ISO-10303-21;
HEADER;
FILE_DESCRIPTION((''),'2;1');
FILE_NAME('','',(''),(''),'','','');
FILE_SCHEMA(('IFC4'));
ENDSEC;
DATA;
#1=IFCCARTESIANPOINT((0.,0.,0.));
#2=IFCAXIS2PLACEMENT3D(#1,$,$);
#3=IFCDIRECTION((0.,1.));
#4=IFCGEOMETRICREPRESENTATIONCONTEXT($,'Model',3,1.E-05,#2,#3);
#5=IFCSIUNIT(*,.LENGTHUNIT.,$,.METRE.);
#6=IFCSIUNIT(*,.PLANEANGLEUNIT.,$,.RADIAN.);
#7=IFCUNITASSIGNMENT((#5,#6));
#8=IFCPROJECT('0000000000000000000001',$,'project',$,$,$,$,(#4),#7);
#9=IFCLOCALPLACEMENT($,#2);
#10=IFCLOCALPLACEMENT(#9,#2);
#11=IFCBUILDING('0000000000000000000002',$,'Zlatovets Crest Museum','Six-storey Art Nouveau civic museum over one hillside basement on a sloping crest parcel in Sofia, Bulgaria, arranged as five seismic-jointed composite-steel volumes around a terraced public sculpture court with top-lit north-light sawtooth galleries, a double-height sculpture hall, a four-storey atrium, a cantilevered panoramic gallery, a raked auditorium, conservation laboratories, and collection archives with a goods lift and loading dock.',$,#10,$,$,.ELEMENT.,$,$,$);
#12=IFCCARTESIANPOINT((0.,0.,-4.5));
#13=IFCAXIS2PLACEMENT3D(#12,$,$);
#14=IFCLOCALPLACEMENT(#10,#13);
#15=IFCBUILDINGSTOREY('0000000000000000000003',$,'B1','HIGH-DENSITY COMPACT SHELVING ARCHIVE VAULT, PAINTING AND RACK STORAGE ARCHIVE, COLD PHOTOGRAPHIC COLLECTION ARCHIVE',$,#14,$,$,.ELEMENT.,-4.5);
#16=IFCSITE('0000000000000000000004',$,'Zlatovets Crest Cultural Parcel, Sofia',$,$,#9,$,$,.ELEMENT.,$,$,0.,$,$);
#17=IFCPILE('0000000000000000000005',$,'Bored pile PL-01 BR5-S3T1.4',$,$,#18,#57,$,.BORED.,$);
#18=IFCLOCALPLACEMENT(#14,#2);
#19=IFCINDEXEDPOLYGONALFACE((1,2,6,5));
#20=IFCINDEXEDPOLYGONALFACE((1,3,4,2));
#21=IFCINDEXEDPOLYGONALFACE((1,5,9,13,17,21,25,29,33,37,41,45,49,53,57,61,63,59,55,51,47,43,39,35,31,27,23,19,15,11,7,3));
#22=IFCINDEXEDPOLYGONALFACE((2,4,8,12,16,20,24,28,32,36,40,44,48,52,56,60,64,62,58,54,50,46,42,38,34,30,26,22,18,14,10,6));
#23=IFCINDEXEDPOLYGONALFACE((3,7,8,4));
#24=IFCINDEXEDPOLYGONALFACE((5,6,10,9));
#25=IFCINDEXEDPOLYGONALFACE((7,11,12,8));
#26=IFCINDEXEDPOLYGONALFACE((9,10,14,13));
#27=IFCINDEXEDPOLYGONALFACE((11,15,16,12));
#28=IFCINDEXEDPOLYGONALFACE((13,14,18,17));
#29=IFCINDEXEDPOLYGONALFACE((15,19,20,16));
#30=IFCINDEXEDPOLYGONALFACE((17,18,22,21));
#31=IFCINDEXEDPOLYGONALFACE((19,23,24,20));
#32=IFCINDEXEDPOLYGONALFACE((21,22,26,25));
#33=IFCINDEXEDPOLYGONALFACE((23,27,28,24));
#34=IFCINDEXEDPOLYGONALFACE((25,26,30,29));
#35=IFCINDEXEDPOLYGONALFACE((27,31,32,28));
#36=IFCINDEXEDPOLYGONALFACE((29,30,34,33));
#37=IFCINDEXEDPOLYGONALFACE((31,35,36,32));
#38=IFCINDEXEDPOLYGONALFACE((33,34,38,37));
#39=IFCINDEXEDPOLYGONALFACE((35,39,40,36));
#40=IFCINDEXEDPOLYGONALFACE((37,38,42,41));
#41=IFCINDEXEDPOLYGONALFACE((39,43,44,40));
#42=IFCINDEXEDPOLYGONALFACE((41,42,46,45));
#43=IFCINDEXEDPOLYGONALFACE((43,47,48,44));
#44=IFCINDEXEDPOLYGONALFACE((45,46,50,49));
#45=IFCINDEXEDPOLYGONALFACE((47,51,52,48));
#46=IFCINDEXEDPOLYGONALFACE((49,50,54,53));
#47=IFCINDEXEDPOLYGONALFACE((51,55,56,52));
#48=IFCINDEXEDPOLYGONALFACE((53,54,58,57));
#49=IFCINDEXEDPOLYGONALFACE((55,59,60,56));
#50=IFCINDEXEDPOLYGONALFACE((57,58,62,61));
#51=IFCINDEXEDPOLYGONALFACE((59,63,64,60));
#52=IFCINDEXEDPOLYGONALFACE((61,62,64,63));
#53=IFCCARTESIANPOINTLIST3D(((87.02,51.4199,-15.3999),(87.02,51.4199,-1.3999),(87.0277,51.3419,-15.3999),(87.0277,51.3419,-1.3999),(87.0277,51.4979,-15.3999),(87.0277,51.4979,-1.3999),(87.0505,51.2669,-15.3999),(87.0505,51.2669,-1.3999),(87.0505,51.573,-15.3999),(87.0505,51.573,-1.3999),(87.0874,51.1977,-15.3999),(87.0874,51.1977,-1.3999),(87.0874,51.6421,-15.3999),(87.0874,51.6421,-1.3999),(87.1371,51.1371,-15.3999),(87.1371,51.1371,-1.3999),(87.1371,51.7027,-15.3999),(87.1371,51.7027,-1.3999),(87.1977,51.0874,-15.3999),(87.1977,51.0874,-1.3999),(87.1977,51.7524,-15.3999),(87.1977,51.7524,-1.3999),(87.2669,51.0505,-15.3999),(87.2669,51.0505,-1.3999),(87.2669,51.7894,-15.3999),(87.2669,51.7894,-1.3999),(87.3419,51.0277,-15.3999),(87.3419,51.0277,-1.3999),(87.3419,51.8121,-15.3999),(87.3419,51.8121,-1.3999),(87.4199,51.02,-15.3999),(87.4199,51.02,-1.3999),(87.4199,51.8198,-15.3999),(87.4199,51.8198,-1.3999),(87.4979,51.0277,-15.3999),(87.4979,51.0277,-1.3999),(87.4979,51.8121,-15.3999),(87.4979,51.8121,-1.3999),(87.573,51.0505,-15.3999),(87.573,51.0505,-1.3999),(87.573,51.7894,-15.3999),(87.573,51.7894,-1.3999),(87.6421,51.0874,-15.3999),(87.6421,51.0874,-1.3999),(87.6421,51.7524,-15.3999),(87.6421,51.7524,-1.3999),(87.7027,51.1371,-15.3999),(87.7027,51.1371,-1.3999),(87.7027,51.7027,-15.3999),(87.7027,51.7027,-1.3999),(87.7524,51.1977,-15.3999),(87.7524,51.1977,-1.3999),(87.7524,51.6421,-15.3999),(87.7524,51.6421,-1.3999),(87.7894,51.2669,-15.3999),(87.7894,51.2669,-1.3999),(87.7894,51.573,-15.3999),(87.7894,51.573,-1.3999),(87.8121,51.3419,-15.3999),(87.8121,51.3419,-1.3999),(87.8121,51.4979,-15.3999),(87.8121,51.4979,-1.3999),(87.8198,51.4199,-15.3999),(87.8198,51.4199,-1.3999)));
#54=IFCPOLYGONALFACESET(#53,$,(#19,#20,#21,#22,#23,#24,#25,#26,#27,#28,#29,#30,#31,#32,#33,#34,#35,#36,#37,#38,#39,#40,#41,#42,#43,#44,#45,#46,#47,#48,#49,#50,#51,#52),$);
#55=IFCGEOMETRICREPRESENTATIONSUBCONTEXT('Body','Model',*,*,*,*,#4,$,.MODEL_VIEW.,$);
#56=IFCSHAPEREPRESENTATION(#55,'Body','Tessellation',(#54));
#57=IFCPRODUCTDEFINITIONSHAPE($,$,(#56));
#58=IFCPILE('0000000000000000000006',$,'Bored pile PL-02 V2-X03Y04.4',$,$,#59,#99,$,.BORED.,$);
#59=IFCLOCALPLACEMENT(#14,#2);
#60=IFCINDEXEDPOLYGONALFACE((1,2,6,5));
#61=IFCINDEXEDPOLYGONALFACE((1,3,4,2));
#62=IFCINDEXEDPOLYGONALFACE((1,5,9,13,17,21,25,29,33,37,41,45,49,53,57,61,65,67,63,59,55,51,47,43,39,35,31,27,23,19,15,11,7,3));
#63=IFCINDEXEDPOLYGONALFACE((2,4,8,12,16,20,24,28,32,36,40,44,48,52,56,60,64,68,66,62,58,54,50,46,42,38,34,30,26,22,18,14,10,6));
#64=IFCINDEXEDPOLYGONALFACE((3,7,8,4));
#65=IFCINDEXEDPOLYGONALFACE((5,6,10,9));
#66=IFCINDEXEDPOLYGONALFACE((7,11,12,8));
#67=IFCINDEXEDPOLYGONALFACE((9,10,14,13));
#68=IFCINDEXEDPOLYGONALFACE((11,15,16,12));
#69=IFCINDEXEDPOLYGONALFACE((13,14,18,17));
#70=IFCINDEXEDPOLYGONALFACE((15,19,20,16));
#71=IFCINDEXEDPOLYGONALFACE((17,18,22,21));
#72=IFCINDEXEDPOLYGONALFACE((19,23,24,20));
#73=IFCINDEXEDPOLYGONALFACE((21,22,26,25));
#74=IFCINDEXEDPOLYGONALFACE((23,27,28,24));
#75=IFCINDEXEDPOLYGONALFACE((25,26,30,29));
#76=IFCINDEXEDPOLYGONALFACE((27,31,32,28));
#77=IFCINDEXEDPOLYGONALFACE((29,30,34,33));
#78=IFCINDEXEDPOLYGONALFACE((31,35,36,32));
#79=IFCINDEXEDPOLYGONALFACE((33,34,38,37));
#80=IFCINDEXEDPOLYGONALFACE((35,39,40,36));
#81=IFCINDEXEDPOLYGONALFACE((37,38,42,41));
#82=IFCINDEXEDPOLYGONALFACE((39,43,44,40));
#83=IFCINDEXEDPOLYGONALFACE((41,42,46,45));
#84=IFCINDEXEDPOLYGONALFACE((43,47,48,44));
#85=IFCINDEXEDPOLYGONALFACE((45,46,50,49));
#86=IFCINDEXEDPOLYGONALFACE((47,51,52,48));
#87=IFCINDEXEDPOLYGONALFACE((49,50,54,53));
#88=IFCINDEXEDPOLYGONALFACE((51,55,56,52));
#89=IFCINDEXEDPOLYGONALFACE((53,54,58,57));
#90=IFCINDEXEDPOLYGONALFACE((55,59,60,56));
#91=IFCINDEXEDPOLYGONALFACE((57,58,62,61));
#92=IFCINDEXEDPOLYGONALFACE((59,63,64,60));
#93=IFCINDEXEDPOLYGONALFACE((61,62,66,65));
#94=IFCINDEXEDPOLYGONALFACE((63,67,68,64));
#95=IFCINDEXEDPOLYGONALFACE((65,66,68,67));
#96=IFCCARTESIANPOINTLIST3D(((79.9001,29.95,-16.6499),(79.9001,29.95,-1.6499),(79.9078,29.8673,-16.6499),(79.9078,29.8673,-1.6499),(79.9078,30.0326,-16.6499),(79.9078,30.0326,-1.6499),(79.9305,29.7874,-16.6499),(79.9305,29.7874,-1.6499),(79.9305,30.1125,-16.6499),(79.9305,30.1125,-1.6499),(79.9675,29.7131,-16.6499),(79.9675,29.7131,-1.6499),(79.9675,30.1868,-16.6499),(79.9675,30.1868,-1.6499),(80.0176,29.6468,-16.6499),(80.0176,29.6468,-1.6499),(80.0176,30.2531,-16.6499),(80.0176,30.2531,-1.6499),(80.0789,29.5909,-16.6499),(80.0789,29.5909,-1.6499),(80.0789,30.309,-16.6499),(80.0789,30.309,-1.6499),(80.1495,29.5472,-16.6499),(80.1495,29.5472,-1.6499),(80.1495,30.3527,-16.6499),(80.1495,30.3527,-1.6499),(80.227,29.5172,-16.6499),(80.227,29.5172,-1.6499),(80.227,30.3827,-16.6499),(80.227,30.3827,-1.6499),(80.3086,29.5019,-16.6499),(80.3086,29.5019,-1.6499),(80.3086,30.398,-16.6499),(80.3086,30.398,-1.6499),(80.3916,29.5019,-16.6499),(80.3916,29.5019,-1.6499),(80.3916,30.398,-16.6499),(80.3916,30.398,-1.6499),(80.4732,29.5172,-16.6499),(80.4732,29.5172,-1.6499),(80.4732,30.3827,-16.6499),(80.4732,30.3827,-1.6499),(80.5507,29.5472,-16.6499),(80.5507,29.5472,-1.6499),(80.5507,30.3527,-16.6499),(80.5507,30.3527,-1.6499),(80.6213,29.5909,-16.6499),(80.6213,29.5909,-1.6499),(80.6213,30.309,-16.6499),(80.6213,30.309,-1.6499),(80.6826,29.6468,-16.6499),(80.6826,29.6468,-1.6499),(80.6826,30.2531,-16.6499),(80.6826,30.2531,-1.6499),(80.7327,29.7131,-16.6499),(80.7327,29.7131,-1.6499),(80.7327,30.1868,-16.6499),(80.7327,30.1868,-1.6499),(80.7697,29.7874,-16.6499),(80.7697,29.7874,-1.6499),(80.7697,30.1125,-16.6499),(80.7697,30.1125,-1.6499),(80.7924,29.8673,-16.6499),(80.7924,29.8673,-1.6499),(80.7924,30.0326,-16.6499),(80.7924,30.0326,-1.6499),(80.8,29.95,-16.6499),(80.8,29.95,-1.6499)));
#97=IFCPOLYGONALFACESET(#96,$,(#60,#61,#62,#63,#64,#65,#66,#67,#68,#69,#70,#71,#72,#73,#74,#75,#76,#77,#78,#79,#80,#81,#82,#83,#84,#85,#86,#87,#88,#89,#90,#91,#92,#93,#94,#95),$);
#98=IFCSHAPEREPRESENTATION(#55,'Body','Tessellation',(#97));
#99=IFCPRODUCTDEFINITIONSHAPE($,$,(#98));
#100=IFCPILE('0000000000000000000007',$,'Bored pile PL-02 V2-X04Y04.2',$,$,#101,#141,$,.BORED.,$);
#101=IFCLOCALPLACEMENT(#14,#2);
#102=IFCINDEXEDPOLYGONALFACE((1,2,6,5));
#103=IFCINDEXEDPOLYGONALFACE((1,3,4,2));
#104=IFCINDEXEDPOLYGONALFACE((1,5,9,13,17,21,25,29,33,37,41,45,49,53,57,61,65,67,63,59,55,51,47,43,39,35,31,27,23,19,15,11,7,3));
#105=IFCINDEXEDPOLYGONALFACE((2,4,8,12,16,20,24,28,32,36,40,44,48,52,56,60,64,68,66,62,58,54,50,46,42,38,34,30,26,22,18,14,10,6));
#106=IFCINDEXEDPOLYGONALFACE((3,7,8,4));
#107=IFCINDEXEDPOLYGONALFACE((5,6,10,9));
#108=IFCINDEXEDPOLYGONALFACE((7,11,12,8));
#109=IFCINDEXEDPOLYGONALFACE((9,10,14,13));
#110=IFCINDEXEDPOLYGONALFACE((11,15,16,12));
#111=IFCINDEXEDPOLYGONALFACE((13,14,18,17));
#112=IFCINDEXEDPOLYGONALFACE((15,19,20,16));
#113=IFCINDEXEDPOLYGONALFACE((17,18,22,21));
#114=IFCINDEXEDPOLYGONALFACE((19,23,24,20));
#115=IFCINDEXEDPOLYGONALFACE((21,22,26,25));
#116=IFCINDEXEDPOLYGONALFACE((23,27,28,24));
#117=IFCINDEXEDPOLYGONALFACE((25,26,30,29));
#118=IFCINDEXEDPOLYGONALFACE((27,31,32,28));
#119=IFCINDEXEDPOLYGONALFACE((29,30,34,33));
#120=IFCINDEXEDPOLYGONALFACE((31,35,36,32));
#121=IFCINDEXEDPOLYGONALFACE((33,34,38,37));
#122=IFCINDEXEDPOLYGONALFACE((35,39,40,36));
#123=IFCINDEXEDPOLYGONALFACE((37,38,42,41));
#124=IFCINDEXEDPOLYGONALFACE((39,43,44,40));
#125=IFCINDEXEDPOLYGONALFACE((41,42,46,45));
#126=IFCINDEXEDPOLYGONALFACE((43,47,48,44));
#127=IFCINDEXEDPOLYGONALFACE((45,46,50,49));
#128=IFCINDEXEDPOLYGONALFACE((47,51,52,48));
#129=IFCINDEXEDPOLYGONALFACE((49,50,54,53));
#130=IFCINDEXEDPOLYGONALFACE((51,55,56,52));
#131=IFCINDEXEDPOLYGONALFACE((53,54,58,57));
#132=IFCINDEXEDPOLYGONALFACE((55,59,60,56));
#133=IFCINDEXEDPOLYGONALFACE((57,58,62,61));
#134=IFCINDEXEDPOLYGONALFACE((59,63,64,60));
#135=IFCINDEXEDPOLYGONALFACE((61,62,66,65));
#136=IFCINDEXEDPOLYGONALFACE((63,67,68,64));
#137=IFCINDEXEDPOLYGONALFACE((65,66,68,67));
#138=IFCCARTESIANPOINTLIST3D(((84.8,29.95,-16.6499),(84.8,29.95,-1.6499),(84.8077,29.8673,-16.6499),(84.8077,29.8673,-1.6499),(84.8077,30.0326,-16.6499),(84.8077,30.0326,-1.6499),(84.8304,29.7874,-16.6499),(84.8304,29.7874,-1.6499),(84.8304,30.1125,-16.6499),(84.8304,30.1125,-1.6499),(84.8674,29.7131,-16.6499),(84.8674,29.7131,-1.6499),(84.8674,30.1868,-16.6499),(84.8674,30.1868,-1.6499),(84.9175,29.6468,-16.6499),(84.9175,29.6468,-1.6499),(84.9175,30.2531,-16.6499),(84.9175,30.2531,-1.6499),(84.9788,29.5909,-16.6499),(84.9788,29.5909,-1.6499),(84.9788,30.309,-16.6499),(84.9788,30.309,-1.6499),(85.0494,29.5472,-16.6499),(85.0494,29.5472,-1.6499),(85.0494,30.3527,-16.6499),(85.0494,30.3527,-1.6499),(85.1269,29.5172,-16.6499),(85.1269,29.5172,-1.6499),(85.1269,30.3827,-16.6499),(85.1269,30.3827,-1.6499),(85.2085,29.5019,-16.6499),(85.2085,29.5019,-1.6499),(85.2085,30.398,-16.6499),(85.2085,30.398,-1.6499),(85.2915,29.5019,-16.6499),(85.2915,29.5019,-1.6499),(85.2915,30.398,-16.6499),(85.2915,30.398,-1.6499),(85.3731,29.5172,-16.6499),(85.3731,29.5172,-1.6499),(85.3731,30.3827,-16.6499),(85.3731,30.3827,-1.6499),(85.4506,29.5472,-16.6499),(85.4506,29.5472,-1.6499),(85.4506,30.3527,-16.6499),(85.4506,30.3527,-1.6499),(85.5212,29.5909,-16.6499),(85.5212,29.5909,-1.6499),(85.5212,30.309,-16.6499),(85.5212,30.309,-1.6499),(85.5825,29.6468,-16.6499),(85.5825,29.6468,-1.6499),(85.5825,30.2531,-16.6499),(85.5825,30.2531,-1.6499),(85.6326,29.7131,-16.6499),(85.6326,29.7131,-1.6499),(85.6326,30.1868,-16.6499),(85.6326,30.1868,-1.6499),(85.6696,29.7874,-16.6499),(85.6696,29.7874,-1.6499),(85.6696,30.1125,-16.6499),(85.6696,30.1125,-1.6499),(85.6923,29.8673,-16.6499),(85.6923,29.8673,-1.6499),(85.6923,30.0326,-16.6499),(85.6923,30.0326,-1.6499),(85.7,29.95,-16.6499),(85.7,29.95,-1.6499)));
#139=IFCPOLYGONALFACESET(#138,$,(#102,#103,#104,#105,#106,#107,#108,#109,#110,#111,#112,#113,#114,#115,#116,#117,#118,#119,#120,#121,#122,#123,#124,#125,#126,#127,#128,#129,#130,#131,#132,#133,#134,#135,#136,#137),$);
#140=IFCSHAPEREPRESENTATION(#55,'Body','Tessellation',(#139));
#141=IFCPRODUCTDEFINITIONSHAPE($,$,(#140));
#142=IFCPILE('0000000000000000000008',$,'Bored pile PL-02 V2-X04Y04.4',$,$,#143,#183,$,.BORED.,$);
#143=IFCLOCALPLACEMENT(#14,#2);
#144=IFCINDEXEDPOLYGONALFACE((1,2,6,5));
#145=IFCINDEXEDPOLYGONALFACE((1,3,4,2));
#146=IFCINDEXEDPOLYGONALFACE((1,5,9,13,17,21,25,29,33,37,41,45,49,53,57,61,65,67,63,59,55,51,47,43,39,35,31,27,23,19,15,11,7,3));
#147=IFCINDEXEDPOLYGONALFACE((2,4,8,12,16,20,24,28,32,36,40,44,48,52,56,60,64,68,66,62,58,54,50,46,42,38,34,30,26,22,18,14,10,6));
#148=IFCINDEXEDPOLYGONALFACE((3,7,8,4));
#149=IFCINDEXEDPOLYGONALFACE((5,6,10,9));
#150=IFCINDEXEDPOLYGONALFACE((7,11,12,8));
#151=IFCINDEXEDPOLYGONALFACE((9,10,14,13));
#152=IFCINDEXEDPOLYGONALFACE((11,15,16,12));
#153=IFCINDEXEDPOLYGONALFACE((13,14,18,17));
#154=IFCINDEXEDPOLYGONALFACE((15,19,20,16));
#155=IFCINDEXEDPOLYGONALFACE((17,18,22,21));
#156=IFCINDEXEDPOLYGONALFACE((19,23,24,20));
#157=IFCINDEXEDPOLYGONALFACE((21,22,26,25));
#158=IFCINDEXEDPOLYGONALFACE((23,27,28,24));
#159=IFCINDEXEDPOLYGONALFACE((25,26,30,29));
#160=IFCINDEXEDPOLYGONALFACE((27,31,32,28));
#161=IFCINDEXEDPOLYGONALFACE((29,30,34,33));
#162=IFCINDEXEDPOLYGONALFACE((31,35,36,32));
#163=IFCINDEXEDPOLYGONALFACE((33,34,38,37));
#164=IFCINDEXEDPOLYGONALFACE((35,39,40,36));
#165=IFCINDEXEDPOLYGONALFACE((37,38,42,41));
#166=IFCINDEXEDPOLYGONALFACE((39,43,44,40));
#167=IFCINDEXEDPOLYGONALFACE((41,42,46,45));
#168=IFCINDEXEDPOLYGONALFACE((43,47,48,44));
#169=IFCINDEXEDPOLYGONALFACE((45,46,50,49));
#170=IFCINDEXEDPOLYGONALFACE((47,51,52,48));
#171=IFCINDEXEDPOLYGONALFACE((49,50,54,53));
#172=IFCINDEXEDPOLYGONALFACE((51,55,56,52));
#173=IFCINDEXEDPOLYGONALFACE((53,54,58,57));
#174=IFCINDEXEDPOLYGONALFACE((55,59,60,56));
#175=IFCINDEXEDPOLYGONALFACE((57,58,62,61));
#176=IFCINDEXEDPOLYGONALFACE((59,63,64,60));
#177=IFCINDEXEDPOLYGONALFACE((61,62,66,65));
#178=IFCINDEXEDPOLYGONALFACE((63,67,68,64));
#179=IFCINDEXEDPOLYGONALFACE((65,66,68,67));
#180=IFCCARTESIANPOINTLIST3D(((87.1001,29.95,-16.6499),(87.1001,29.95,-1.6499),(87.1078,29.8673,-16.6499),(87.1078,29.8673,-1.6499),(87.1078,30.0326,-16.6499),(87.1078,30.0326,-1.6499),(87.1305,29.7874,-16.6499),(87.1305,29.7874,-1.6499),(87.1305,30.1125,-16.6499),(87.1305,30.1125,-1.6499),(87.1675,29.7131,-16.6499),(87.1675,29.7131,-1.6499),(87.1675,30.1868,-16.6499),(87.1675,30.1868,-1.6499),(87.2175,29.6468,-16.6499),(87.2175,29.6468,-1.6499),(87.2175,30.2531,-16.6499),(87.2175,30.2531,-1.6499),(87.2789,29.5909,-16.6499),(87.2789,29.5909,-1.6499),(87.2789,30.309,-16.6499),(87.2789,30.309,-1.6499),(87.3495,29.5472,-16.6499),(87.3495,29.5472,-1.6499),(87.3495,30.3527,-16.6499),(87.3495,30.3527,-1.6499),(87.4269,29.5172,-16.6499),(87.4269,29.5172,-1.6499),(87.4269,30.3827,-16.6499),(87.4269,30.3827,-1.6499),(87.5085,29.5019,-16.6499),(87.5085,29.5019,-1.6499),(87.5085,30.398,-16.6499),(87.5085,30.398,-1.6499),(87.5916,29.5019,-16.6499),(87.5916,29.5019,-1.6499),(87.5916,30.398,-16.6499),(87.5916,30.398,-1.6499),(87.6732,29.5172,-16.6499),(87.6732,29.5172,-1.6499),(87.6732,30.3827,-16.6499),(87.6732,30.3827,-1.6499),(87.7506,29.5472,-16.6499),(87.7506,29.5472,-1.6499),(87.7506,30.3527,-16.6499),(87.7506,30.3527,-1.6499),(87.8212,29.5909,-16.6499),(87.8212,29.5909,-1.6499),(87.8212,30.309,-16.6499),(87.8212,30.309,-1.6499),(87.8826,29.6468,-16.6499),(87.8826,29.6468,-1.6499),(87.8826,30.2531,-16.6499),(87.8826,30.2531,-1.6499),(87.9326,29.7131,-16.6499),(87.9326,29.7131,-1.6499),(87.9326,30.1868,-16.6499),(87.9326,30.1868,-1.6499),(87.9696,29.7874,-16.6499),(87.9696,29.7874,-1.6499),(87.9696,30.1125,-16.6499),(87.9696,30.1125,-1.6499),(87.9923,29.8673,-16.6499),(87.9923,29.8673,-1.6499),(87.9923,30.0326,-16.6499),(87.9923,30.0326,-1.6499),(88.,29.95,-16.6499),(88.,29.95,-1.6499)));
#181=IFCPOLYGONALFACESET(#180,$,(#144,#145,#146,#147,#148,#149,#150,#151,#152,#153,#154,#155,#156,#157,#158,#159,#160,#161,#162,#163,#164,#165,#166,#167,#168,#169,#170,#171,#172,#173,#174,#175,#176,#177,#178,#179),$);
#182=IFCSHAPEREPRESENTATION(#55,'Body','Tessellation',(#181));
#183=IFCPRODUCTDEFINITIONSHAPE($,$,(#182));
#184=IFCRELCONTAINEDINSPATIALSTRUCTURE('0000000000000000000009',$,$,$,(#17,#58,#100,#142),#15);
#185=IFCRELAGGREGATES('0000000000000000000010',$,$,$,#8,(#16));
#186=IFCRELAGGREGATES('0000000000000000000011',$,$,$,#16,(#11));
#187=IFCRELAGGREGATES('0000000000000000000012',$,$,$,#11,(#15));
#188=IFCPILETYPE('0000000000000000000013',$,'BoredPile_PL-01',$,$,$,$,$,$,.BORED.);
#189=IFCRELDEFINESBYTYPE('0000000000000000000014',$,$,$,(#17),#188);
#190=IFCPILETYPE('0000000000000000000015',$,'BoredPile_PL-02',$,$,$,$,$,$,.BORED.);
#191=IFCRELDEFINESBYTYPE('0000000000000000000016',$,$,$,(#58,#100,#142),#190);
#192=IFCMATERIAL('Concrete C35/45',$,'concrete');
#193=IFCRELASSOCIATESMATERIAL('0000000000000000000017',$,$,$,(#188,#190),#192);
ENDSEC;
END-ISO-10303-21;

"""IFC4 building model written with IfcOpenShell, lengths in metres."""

from ifc_helpers import new_model, si_unit, direction, frame, origin, origin_2d, place, context, subcontext, project, spatial, circle, extrude, material, material_profile, profile_set, type_object, element, save


model = new_model("IFC4")

# Units and contexts
model_context = context("Model", 3, precision=1e-05, world=origin(), true_north=direction((0.0, 1.0)))
body_context = subcontext(model_context, "Body", "Model", "MODEL_VIEW")
ifc_project = project(units=[si_unit("LENGTHUNIT", "METRE"), si_unit("PLANEANGLEUNIT", "RADIAN")], contexts=[model_context])

# Site, building, storey
site_placement = place(None, origin())
site = spatial("IfcSite", under=ifc_project, at=site_placement, Name="Zlatovets Crest Cultural Parcel, Sofia", CompositionType="ELEMENT", RefElevation=0.0)
building_placement = place(site_placement, origin())
building = spatial("IfcBuilding", under=site, at=building_placement, Name="Zlatovets Crest Museum", Description="Six-storey Art Nouveau civic museum over one hillside basement on a sloping crest parcel in Sofia, Bulgaria, arranged as five seismic-jointed composite-steel volumes around a terraced public sculpture court with top-lit north-light sawtooth galleries, a double-height sculpture hall, a four-storey atrium, a cantilevered panoramic gallery, a raked auditorium, conservation laboratories, and collection archives with a goods lift and loading dock.", CompositionType="ELEMENT")
storey_placement = place(building_placement, frame((0.0, 0.0, -4.5)))
storey = spatial("IfcBuildingStorey", under=building, at=storey_placement, Name="B1", Description="HIGH-DENSITY COMPACT SHELVING ARCHIVE VAULT, PAINTING AND RACK STORAGE ARCHIVE, COLD PHOTOGRAPHIC COLLECTION ARCHIVE", CompositionType="ELEMENT", Elevation=-4.5)

# Piles
ifc_material_1 = material(Name="Concrete C35/45", Category="concrete")
ifc_material_profile_1 = material_profile(ifc_material_1, circle(Radius=0.3999, at=origin_2d()), Name="PILE D800")
ifc_profile_set_1 = profile_set([ifc_material_profile_1], Name="Concrete C35/45")
pile_type_1 = type_object("IfcPileType", Name="BoredPile_PL-01", PredefinedType="BORED", material=ifc_profile_set_1)
for number, where, z_axis, x_axis, name in (
    (1, (87.4199, 51.4199, -1.3999), (0.0, 0.0, -1.0), (1.0, 0.0, 0.0), "Bored pile PL-01 BR5-S3T1.4"),
):
    element("IfcPile", number, at=place(storey_placement, frame(where, z_axis=z_axis, x_axis=x_axis)), inside=storey, type_object=pile_type_1, Name=name, PredefinedType="BORED", context=body_context, shape_type="SweptSolid", body=[
        extrude(circle(Radius=0.3999, at=origin_2d()), origin(), (0.0, 0.0, 1.0), 14.0),
    ])
ifc_material_profile_2 = material_profile(ifc_material_1, circle(Radius=0.45, at=origin_2d()), Name="PILE D900")
ifc_profile_set_2 = profile_set([ifc_material_profile_2], Name="Concrete C35/45")
pile_type_2 = type_object("IfcPileType", Name="BoredPile_PL-02", PredefinedType="BORED", material=ifc_profile_set_2)
for number, where, z_axis, x_axis, name in (
    (2, (80.3501, 29.95, -1.6499), (0.0, 0.0, -1.0), (1.0, 0.0, 0.0), "Bored pile PL-02 V2-X03Y04.4"),
    (3, (85.25, 29.95, -1.6499), (0.0, 0.0, -1.0), (1.0, 0.0, 0.0), "Bored pile PL-02 V2-X04Y04.2"),
    (4, (87.55, 29.95, -1.6499), (0.0, 0.0, -1.0), (1.0, 0.0, 0.0), "Bored pile PL-02 V2-X04Y04.4"),
):
    element("IfcPile", number, at=place(storey_placement, frame(where, z_axis=z_axis, x_axis=x_axis)), inside=storey, type_object=pile_type_2, Name=name, PredefinedType="BORED", context=body_context, shape_type="SweptSolid", body=[
        extrude(circle(Radius=0.45, at=origin_2d()), origin(), (0.0, 0.0, 1.0), 15.0),
    ])

save(model, "model.ifc")
